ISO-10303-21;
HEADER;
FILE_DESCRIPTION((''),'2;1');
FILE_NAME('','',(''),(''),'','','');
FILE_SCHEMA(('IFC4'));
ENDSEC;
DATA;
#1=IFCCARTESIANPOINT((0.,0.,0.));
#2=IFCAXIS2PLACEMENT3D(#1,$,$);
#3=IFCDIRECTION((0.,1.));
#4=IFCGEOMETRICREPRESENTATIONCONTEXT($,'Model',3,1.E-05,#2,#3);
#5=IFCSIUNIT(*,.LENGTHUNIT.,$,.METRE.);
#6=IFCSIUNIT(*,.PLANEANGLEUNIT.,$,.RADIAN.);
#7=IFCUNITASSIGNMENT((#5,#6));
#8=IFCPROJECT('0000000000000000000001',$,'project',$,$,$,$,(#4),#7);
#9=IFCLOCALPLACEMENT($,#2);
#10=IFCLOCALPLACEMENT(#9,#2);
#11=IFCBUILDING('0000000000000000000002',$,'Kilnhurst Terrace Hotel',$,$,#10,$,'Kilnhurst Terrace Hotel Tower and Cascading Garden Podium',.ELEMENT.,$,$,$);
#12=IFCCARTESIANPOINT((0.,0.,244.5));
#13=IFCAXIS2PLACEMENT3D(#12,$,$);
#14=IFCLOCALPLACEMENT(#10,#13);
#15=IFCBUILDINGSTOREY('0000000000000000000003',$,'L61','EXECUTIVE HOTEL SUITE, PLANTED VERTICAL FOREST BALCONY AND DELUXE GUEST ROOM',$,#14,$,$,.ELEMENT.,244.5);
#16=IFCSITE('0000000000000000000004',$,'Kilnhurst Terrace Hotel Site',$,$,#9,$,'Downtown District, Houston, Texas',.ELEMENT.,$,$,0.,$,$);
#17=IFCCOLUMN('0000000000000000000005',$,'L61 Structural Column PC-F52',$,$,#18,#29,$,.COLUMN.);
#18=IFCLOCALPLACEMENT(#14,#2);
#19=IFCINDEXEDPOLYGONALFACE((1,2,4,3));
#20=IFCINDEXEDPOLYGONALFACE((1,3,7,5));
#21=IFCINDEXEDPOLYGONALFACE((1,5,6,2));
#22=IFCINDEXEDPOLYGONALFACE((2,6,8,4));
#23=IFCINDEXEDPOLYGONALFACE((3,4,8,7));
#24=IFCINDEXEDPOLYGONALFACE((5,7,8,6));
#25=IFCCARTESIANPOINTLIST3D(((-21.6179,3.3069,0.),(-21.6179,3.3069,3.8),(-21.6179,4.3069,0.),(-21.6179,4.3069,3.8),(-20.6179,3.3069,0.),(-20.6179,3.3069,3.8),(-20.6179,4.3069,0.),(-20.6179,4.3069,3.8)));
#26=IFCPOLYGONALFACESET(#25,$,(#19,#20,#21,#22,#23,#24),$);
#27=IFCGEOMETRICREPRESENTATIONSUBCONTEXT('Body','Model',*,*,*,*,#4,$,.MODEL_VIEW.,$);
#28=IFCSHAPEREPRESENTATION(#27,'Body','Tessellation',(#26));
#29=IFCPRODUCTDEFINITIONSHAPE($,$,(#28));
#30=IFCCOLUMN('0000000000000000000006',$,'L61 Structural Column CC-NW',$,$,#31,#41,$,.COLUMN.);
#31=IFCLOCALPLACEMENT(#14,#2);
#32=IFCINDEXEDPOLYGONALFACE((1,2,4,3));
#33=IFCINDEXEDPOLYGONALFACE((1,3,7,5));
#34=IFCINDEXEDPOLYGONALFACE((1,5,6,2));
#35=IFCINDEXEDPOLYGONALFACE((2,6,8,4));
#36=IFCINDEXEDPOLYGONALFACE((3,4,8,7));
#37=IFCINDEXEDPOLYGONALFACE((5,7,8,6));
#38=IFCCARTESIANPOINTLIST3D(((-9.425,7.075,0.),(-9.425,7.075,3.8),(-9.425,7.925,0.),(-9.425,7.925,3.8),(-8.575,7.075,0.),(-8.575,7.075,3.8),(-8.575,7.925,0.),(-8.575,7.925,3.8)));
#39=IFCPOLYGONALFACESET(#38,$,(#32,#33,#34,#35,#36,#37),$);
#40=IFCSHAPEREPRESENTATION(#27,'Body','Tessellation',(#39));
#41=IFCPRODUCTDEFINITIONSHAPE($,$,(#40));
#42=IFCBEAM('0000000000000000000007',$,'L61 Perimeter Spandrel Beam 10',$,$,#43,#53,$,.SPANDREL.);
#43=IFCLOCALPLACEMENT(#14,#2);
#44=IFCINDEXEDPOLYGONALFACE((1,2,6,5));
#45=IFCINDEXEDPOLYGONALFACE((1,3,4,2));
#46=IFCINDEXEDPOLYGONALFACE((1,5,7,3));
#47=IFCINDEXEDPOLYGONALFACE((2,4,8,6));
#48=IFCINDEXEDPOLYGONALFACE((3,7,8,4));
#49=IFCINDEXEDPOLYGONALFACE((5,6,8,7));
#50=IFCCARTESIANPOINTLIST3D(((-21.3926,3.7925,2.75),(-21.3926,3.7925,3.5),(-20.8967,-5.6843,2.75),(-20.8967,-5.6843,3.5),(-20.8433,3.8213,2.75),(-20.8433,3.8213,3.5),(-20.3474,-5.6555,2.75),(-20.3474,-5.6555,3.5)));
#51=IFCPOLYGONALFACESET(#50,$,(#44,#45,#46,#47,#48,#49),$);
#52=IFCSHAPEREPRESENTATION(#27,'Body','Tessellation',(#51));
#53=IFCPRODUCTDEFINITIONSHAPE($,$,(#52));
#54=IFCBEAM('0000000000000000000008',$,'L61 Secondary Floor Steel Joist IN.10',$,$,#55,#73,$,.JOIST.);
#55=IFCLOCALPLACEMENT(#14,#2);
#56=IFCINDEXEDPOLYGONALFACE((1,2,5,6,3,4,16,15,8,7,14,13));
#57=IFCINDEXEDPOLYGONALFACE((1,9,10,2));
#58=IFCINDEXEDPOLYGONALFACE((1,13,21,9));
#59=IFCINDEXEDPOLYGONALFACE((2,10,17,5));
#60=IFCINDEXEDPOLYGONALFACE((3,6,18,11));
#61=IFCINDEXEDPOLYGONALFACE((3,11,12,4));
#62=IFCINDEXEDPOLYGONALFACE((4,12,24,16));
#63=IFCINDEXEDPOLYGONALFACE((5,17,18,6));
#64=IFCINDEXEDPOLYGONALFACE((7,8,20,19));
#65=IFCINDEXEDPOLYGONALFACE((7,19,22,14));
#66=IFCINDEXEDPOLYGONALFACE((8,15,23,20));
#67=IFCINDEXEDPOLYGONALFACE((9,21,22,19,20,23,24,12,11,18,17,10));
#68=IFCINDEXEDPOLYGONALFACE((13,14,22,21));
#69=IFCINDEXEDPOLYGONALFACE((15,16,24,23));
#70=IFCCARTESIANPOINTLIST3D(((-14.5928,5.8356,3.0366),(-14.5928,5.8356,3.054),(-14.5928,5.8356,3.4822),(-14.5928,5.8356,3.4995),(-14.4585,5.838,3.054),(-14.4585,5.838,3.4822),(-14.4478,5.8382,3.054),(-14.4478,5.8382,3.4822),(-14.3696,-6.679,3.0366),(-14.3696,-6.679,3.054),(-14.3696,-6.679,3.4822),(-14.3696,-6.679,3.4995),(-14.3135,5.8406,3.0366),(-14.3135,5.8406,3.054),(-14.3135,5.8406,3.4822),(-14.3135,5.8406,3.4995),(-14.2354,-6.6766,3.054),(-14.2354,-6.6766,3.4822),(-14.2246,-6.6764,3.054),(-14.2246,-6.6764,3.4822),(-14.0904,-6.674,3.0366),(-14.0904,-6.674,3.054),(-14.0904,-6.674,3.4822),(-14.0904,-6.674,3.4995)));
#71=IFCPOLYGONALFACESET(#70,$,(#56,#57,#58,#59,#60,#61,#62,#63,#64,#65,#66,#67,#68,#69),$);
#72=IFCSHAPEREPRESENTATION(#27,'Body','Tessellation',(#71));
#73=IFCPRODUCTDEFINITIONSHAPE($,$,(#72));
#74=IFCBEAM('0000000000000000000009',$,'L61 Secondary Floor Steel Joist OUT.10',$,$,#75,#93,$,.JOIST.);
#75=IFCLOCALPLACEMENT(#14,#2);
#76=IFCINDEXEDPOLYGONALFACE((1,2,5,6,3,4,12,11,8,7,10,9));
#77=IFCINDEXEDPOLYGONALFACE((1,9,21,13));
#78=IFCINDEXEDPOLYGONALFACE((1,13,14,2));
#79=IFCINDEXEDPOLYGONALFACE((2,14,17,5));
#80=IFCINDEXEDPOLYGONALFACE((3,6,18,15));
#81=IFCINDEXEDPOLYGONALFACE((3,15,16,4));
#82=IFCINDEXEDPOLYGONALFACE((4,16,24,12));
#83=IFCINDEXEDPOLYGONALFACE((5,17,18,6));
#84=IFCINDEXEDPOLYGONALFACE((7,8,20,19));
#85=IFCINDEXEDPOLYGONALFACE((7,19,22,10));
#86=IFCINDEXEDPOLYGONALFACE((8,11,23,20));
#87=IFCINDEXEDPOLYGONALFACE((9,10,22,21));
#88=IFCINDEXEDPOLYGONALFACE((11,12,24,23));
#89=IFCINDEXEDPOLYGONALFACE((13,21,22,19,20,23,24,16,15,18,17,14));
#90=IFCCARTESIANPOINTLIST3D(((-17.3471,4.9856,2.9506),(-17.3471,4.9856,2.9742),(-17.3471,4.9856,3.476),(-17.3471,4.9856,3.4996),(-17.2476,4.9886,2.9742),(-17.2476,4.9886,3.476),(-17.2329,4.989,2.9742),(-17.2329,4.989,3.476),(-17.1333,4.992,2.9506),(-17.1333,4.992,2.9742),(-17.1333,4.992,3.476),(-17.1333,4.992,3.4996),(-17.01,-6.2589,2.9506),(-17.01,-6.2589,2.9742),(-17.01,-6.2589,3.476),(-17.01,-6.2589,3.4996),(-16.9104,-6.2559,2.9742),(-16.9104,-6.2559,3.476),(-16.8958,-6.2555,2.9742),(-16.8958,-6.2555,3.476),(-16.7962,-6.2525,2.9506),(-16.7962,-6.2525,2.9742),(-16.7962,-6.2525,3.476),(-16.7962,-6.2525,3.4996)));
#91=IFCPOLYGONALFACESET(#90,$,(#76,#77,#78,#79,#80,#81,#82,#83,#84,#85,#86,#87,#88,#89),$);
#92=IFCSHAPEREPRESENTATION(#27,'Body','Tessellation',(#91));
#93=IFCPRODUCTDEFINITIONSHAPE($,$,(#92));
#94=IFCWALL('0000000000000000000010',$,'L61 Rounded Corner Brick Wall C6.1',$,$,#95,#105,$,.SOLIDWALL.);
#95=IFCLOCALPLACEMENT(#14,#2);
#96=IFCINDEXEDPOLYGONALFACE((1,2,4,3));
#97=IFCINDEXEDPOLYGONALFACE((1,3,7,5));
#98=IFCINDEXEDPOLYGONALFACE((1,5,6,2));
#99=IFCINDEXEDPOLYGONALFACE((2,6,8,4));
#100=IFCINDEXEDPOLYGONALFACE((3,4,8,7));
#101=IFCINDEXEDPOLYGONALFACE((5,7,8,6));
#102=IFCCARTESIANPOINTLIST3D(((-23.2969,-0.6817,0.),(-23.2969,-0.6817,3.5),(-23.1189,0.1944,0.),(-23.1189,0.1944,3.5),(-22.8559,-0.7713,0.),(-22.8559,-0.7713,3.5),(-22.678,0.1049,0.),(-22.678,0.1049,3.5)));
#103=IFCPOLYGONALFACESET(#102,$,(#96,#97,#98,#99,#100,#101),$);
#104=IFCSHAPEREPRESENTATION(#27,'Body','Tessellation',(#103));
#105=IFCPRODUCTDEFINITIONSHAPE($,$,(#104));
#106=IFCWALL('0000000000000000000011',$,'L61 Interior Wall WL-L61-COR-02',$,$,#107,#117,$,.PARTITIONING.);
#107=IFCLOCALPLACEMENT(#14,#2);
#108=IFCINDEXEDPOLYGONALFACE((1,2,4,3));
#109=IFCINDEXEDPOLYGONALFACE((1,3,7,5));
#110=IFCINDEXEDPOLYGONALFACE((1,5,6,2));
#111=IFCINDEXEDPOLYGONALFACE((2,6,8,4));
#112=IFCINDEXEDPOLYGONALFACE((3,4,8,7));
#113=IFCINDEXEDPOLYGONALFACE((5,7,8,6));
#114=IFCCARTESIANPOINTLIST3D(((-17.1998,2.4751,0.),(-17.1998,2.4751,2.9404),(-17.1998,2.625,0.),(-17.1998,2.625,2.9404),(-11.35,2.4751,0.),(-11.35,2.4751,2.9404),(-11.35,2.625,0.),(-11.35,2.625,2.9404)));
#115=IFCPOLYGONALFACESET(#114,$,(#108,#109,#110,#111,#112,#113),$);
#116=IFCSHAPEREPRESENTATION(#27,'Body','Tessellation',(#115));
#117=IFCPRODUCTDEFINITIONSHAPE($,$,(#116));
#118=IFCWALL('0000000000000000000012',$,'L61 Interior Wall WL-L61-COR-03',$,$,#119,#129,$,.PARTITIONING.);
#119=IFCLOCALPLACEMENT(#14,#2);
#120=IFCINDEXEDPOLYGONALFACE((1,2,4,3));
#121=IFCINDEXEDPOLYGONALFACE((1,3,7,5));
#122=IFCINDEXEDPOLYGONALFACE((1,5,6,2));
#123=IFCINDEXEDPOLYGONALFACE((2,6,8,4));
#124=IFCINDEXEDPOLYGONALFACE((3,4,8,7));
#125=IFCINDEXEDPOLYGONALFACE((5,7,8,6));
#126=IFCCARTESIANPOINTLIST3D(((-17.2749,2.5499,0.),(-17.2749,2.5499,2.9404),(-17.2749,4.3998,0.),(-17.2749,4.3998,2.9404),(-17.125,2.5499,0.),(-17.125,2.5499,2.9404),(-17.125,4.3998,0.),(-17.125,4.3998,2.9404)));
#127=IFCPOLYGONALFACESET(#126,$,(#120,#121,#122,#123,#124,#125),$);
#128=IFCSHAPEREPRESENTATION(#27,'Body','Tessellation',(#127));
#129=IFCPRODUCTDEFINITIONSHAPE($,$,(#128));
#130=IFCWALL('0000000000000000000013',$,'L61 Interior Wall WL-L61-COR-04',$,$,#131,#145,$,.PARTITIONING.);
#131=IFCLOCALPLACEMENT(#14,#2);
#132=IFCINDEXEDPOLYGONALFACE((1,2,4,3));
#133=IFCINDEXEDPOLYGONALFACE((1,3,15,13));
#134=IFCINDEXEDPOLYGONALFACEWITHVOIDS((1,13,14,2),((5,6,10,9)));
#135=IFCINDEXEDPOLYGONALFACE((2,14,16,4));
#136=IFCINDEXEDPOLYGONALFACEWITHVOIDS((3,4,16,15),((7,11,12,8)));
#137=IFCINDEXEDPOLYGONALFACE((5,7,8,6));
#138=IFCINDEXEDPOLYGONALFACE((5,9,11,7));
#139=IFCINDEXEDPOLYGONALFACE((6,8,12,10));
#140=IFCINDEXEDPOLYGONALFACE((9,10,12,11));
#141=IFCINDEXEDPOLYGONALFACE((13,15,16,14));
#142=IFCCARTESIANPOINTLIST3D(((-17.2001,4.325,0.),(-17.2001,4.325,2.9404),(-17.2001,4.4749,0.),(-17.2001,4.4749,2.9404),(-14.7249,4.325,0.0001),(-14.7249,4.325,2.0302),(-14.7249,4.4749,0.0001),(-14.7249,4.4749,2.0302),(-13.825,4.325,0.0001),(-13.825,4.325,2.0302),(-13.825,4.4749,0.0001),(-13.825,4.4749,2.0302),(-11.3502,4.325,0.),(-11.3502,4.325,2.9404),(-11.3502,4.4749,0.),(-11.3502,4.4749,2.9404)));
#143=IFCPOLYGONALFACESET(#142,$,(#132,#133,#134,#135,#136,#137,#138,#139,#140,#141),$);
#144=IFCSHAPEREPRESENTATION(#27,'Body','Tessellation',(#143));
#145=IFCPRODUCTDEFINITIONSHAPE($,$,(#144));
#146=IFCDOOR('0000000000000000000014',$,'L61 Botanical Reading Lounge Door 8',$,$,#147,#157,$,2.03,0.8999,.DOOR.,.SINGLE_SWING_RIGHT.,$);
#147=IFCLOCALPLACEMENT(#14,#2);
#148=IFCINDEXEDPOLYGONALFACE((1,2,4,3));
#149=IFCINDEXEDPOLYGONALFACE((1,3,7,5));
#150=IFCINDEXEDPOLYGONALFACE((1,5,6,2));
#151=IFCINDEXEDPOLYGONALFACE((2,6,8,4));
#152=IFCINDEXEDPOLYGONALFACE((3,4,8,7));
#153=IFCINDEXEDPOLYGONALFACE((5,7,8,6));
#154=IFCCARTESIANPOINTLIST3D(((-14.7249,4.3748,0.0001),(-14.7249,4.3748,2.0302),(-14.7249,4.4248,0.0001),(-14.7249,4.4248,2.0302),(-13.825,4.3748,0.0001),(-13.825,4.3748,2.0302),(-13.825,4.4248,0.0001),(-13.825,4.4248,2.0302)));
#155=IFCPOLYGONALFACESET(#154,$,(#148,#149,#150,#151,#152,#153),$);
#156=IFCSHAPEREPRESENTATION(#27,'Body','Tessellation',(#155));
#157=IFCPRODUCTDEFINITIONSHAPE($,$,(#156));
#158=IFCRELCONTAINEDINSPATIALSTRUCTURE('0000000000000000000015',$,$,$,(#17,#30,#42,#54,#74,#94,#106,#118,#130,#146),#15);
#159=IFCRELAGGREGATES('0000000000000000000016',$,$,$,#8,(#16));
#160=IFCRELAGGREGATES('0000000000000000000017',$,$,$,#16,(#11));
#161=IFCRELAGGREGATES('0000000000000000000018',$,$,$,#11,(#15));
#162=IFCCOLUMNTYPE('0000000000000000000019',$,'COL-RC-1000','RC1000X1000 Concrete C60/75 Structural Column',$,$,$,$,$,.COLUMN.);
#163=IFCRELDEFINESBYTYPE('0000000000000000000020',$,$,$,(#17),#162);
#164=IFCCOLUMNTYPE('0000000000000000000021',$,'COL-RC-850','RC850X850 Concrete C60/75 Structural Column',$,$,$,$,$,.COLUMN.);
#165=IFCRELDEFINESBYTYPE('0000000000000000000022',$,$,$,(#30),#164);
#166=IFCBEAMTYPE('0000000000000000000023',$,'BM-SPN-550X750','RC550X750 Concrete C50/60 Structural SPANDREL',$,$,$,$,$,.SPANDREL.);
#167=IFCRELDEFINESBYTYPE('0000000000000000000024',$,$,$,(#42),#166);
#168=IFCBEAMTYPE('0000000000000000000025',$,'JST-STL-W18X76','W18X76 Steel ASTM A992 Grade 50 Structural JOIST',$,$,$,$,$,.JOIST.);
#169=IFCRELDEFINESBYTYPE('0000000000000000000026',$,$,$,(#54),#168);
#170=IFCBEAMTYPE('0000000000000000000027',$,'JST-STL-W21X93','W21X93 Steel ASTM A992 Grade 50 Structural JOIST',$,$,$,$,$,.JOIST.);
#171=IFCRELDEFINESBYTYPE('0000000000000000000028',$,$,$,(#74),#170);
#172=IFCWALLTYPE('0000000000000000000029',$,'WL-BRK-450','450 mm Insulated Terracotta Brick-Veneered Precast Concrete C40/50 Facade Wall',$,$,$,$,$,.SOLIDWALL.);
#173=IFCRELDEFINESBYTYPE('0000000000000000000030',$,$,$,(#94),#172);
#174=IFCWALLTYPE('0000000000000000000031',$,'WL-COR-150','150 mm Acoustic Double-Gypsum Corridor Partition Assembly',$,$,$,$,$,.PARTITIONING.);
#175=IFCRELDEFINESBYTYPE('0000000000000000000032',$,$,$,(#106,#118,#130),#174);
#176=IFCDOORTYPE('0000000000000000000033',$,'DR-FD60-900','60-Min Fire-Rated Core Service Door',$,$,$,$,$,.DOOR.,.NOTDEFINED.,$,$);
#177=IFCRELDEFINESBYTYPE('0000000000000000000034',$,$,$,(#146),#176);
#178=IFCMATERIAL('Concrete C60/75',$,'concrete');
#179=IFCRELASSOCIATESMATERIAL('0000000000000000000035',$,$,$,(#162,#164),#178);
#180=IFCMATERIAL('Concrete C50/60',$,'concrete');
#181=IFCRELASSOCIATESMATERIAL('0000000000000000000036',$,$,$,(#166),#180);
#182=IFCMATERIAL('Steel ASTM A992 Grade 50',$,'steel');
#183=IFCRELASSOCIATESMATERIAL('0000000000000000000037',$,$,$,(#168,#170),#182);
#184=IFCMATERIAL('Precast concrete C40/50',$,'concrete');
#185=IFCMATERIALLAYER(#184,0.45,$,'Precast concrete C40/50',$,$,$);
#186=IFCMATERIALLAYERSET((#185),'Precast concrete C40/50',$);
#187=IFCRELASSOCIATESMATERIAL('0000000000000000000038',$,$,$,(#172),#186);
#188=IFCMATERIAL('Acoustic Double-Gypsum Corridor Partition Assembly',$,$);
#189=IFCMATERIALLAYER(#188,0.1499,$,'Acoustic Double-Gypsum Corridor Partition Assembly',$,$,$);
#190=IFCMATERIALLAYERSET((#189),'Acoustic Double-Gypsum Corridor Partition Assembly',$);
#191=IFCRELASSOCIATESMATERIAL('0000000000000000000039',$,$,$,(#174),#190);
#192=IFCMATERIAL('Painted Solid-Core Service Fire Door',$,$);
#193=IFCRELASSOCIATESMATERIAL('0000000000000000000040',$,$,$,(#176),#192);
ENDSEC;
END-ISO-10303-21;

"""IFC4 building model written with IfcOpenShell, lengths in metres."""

from ifc_helpers import new_model, si_unit, direction, frame, frame_2d, origin, origin_2d, place, context, subcontext, project, spatial, rectangle, i_section, extrude, material, layer, layer_set, material_profile, profile_set, type_object, element, fill, save


model = new_model("IFC4")

# Units and contexts
model_context = context("Model", 3, precision=1e-05, world=origin(), true_north=direction((0.0, 1.0)))
body_context = subcontext(model_context, "Body", "Model", "MODEL_VIEW")
ifc_project = project(units=[si_unit("LENGTHUNIT", "METRE"), si_unit("PLANEANGLEUNIT", "RADIAN")], contexts=[model_context])

# Site, building, storey
site_placement = place(None, origin())
site = spatial("IfcSite", under=ifc_project, at=site_placement, Name="Kilnhurst Terrace Hotel Site", LongName="Downtown District, Houston, Texas", CompositionType="ELEMENT", RefElevation=0.0)
building_placement = place(site_placement, origin())
building = spatial("IfcBuilding", under=site, at=building_placement, Name="Kilnhurst Terrace Hotel", LongName="Kilnhurst Terrace Hotel Tower and Cascading Garden Podium", CompositionType="ELEMENT")
storey_placement = place(building_placement, frame((0.0, 0.0, 244.5)))
storey = spatial("IfcBuildingStorey", under=building, at=storey_placement, Name="L61", Description="EXECUTIVE HOTEL SUITE, PLANTED VERTICAL FOREST BALCONY AND DELUXE GUEST ROOM", CompositionType="ELEMENT", Elevation=244.5)

# Columns
ifc_material_1 = material(Name="Concrete C60/75", Category="concrete")
ifc_material_profile_1 = material_profile(ifc_material_1, rectangle(XDim=1.0, YDim=1.0, at=origin_2d()), Name="RC1000X1000")
ifc_profile_set_1 = profile_set([ifc_material_profile_1], Name="Concrete C60/75")
column_type_1 = type_object("IfcColumnType", Name="COL-RC-1000", Description="RC1000X1000 Concrete C60/75 Structural Column", PredefinedType="COLUMN", material=ifc_profile_set_1)
column_1_placement = place(storey_placement, frame((-21.1179, 3.8069, 0.0), z_axis=(0.0, 0.0, 1.0), x_axis=(1.0, 0.0, 0.0)))
element("IfcColumn", 1, at=column_1_placement, inside=storey, type_object=column_type_1, Name="L61 Structural Column PC-F52", PredefinedType="COLUMN", context=body_context, shape_type="SweptSolid", body=[
    extrude(rectangle(XDim=1.0, YDim=1.0, at=origin_2d()), origin(), (0.0, 0.0, 1.0), 3.8),
])
ifc_material_profile_2 = material_profile(ifc_material_1, rectangle(XDim=0.8501, YDim=0.8501, at=origin_2d()), Name="RC850X850")
ifc_profile_set_2 = profile_set([ifc_material_profile_2], Name="Concrete C60/75")
column_type_2 = type_object("IfcColumnType", Name="COL-RC-850", Description="RC850X850 Concrete C60/75 Structural Column", PredefinedType="COLUMN", material=ifc_profile_set_2)
column_2_placement = place(storey_placement, frame((-9.0, 7.5, 0.0), z_axis=(0.0, 0.0, 1.0), x_axis=(1.0, 0.0, 0.0)))
element("IfcColumn", 2, at=column_2_placement, inside=storey, type_object=column_type_2, Name="L61 Structural Column CC-NW", PredefinedType="COLUMN", context=body_context, shape_type="SweptSolid", body=[
    extrude(rectangle(XDim=0.8501, YDim=0.8501, at=origin_2d()), origin(), (0.0, 0.0, 1.0), 3.8),
])

# Beams
ifc_material_2 = material(Name="Concrete C50/60", Category="concrete")
ifc_material_profile_3 = material_profile(ifc_material_2, rectangle(XDim=0.55, YDim=0.75, at=origin_2d()), Name="RC550X750")
ifc_profile_set_3 = profile_set([ifc_material_profile_3], Name="Concrete C50/60")
beam_type_1 = type_object("IfcBeamType", Name="BM-SPN-550X750", Description="RC550X750 Concrete C50/60 Structural SPANDREL", PredefinedType="SPANDREL", material=ifc_profile_set_3)
beam_1_placement = place(storey_placement, frame((-21.1179, 3.8069, 3.125), z_axis=(0.052251, -0.998634, 0.0), x_axis=(0.998634, 0.052251, 0.0)))
element("IfcBeam", 3, at=beam_1_placement, inside=storey, type_object=beam_type_1, Name="L61 Perimeter Spandrel Beam 10", PredefinedType="SPANDREL", context=body_context, shape_type="SweptSolid", body=[
    extrude(rectangle(XDim=0.55, YDim=0.75, at=origin_2d()), origin(), (0.0, 0.0, 1.0), 9.4897),
])
ifc_material_3 = material(Name="Steel ASTM A992 Grade 50", Category="steel")
ifc_material_profile_4 = material_profile(ifc_material_3, i_section(OverallWidth=0.2793, OverallDepth=0.4629, WebThickness=0.0107, FlangeThickness=0.0173, at=origin_2d()), Name="W18X76")
ifc_profile_set_4 = profile_set([ifc_material_profile_4], Name="Steel ASTM A992 Grade 50")
beam_type_2 = type_object("IfcBeamType", Name="JST-STL-W18X76", Description="W18X76 Steel ASTM A992 Grade 50 Structural JOIST", PredefinedType="JOIST", material=ifc_profile_set_4)
beam_2_placement = place(storey_placement, frame((-14.4531, 5.8381, 3.2681), z_axis=(0.017828, -0.999841, 0.0), x_axis=(0.999841, 0.017828, 0.0)))
element("IfcBeam", 4, at=beam_2_placement, inside=storey, type_object=beam_type_2, Name="L61 Secondary Floor Steel Joist IN.10", PredefinedType="JOIST", context=body_context, shape_type="SweptSolid", body=[
    extrude(i_section(OverallWidth=0.2793, OverallDepth=0.4629, WebThickness=0.0107, FlangeThickness=0.0173, at=origin_2d()), origin(), (0.0, 0.0, 1.0), 12.5166),
])
ifc_material_profile_5 = material_profile(ifc_material_3, i_section(OverallWidth=0.2139, OverallDepth=0.5491, WebThickness=0.0146, FlangeThickness=0.0237, at=origin_2d()), Name="W21X93")
ifc_profile_set_5 = profile_set([ifc_material_profile_5], Name="Steel ASTM A992 Grade 50")
beam_type_3 = type_object("IfcBeamType", Name="JST-STL-W21X93", Description="W21X93 Steel ASTM A992 Grade 50 Structural JOIST", PredefinedType="JOIST", material=ifc_profile_set_5)
beam_3_placement = place(storey_placement, frame((-17.2402, 4.9888, 3.2251), z_axis=(0.029971, -0.999551, 0.0), x_axis=(0.999551, 0.029971, 0.0)))
element("IfcBeam", 5, at=beam_3_placement, inside=storey, type_object=beam_type_3, Name="L61 Secondary Floor Steel Joist OUT.10", PredefinedType="JOIST", context=body_context, shape_type="SweptSolid", body=[
    extrude(i_section(OverallWidth=0.2139, OverallDepth=0.5491, WebThickness=0.0146, FlangeThickness=0.0237, at=origin_2d()), origin(), (0.0, 0.0, 1.0), 11.2495),
])

# Walls
ifc_material_4 = material(Name="Precast concrete C40/50", Category="concrete")
ifc_layer_1 = layer(ifc_material_4, 0.45, Name="Precast concrete C40/50")
ifc_layer_set_1 = layer_set([ifc_layer_1], Name="Precast concrete C40/50")
wall_type_1 = type_object("IfcWallType", Name="WL-BRK-450", Description="450 mm Insulated Terracotta Brick-Veneered Precast Concrete C40/50 Facade Wall", PredefinedType="SOLIDWALL", material=ifc_layer_set_1)
wall_1_placement = place(storey_placement, frame((-22.8984, 0.1497, 0.0), z_axis=(0.0, 0.0, 1.0), x_axis=(-0.199056, -0.979988, 0.0)))
element("IfcWall", 6, at=wall_1_placement, inside=storey, type_object=wall_type_1, Name="L61 Rounded Corner Brick Wall C6.1", PredefinedType="SOLIDWALL", context=body_context, shape_type="SweptSolid", body=[
    extrude(rectangle(XDim=0.894, YDim=0.45, at=frame_2d((0.447, 0.0))), origin(), (0.0, 0.0, 1.0), 3.5),
])
ifc_material_5 = material(Name="Acoustic Double-Gypsum Corridor Partition Assembly")
ifc_layer_2 = layer(ifc_material_5, 0.1499, Name="Acoustic Double-Gypsum Corridor Partition Assembly")
ifc_layer_set_2 = layer_set([ifc_layer_2], Name="Acoustic Double-Gypsum Corridor Partition Assembly")
wall_type_2 = type_object("IfcWallType", Name="WL-COR-150", Description="150 mm Acoustic Double-Gypsum Corridor Partition Assembly", PredefinedType="PARTITIONING", material=ifc_layer_set_2)
wall_2_placement = place(storey_placement, frame((-11.3501, 2.55, 0.0), z_axis=(0.0, 0.0, 1.0), x_axis=(-1.0, 0.0, 0.0)))
element("IfcWall", 7, at=wall_2_placement, inside=storey, type_object=wall_type_2, Name="L61 Interior Wall WL-L61-COR-02", PredefinedType="PARTITIONING", context=body_context, shape_type="SweptSolid", body=[
    extrude(rectangle(XDim=5.8499, YDim=0.1499, at=frame_2d((2.9248, 0.0))), origin(), (0.0, 0.0, 1.0), 2.9404),
])
wall_3_placement = place(storey_placement, frame((-17.2, 2.55, 0.0), z_axis=(0.0, 0.0, 1.0), x_axis=(0.0, 1.0, 0.0)))
element("IfcWall", 8, at=wall_3_placement, inside=storey, type_object=wall_type_2, Name="L61 Interior Wall WL-L61-COR-03", PredefinedType="PARTITIONING", context=body_context, shape_type="SweptSolid", body=[
    extrude(rectangle(XDim=1.8499, YDim=0.1499, at=frame_2d((0.9248, 0.0))), origin(), (0.0, 0.0, 1.0), 2.9404),
])

# Wall, opening, door
wall_4_placement = place(storey_placement, frame((-17.2, 4.3999, 0.0), z_axis=(0.0, 0.0, 1.0), x_axis=(1.0, 0.0, 0.0)))
wall_4 = element("IfcWall", 9, at=wall_4_placement, inside=storey, type_object=wall_type_2, Name="L61 Interior Wall WL-L61-COR-04", PredefinedType="PARTITIONING", context=body_context, shape_type="SweptSolid", body=[
    extrude(rectangle(XDim=5.8499, YDim=0.1499, at=frame_2d((2.9248, 0.0))), origin(), (0.0, 0.0, 1.0), 2.9404),
])
opening_1_placement = place(wall_4_placement, frame((2.4751, 0.0, 0.0)))
opening_1 = element("IfcOpeningElement", 10, at=opening_1_placement, cuts=wall_4, PredefinedType="OPENING", context=body_context, shape_type="SweptSolid", body=[
    extrude(rectangle(XDim=0.8999, YDim=2.03, at=frame_2d((0.45, 1.0151))), frame((0.0, 0.085, 0.0), z_axis=(0.0, -1.0, 0.0), x_axis=(1.0, 0.0, 0.0)), (0.0, 0.0, 1.0), 0.1699),
])
ifc_material_6 = material(Name="Painted Solid-Core Service Fire Door")
door_type_1 = type_object("IfcDoorType", Name="DR-FD60-900", Description="60-Min Fire-Rated Core Service Door", OperationType="NOTDEFINED", PredefinedType="DOOR", material=ifc_material_6)
door_1_placement = place(opening_1_placement, origin())
door_1 = element("IfcDoor", 11, at=door_1_placement, inside=storey, type_object=door_type_1, Name="L61 Botanical Reading Lounge Door 8", OperationType="SINGLE_SWING_RIGHT", OverallHeight=2.03, OverallWidth=0.8999, PredefinedType="DOOR", context=body_context, shape_type="SweptSolid", body=[
    extrude(rectangle(XDim=0.8999, YDim=2.03, at=frame_2d((0.45, 1.0151))), frame((0.0, 0.0249, 0.0), z_axis=(0.0, -1.0, 0.0), x_axis=(1.0, 0.0, 0.0)), (0.0, 0.0, 1.0), 0.05),
])
fill(opening_1, door_1)

save(model, "model.ifc")
